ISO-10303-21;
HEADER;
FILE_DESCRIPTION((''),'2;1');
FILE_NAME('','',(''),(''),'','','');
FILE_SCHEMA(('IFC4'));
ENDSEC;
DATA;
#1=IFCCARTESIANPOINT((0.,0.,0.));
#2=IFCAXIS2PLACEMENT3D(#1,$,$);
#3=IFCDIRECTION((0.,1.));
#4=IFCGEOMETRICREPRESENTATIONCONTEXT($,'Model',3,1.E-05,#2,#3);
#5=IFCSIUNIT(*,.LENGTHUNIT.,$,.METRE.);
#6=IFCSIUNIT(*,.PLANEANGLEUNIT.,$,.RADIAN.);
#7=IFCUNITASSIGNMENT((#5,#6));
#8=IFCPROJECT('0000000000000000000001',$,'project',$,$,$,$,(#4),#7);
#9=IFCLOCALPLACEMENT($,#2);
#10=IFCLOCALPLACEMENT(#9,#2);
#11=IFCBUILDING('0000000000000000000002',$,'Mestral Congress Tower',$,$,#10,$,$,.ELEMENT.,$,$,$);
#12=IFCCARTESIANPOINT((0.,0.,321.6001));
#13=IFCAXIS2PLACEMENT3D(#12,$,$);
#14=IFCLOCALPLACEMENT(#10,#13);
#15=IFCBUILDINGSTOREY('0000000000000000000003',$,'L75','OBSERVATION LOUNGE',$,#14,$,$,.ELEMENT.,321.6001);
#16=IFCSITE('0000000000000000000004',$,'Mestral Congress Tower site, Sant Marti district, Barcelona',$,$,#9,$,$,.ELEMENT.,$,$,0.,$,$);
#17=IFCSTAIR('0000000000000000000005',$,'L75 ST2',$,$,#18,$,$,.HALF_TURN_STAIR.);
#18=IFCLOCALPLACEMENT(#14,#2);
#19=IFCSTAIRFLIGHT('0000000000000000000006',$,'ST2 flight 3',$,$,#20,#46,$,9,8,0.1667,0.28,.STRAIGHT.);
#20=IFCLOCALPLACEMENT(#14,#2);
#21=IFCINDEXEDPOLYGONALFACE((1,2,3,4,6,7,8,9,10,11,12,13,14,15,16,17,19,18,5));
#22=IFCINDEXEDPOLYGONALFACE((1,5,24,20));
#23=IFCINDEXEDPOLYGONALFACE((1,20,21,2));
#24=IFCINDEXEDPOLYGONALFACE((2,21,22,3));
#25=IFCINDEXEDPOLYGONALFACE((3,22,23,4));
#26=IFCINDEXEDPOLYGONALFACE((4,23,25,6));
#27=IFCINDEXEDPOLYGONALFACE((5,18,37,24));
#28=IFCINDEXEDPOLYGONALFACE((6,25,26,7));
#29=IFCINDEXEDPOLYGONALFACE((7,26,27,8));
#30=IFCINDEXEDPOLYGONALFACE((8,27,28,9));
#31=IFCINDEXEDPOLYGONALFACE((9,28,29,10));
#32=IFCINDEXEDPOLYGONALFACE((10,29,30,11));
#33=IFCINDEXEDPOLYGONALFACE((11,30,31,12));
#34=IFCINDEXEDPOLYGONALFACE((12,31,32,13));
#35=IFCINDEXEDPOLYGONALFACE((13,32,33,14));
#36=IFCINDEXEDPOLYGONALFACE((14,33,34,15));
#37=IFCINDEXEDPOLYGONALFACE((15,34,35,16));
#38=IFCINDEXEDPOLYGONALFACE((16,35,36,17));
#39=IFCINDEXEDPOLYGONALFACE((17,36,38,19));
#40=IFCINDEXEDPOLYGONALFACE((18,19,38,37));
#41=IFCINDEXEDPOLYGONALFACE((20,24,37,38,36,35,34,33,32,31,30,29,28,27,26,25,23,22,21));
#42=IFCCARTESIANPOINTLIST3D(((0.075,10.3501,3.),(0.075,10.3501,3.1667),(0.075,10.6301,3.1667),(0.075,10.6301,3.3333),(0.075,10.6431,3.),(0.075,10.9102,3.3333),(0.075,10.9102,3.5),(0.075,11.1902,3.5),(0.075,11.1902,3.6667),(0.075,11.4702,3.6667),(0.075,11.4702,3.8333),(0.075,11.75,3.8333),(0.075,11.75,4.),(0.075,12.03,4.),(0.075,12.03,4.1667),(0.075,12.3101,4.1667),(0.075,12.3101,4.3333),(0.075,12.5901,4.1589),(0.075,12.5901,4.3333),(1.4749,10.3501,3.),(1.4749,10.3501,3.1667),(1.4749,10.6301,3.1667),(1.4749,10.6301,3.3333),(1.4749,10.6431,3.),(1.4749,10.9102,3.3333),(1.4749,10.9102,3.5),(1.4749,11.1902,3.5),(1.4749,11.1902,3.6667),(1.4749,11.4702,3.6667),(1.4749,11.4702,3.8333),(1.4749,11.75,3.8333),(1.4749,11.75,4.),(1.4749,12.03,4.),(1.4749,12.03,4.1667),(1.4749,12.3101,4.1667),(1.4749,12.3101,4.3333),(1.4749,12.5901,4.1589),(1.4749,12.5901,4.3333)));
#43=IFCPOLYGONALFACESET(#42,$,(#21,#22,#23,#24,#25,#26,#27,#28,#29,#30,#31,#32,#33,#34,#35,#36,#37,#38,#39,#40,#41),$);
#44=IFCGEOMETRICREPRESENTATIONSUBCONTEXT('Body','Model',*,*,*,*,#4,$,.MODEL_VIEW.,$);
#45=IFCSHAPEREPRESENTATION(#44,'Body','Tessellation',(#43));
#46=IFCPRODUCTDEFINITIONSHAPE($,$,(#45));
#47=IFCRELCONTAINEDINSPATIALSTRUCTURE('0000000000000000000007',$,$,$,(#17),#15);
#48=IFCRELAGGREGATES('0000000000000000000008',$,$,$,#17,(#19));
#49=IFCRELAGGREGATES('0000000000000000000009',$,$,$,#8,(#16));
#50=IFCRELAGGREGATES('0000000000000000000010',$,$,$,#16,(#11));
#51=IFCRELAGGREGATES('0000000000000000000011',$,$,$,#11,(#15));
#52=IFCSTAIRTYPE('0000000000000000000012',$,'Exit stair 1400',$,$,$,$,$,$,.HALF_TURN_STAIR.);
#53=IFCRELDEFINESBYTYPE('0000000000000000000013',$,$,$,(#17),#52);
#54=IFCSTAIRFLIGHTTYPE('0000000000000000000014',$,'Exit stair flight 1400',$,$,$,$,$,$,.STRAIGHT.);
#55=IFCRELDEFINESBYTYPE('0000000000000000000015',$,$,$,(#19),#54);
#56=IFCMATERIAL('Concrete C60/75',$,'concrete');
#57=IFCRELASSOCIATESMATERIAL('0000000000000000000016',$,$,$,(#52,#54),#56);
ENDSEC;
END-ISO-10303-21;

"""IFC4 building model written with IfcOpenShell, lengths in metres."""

from ifc_helpers import new_model, si_unit, direction, frame, origin, place, context, subcontext, project, spatial, polyline, outline, extrude, material, type_object, element, aggregate, save


model = new_model("IFC4")

# Units and contexts
model_context = context("Model", 3, precision=1e-05, world=origin(), true_north=direction((0.0, 1.0)))
body_context = subcontext(model_context, "Body", "Model", "MODEL_VIEW")
ifc_project = project(units=[si_unit("LENGTHUNIT", "METRE"), si_unit("PLANEANGLEUNIT", "RADIAN")], contexts=[model_context])

# Site, building, storey
site_placement = place(None, origin())
site = spatial("IfcSite", under=ifc_project, at=site_placement, Name="Mestral Congress Tower site, Sant Marti district, Barcelona", CompositionType="ELEMENT", RefElevation=0.0)
building_placement = place(site_placement, origin())
building = spatial("IfcBuilding", under=site, at=building_placement, Name="Mestral Congress Tower", CompositionType="ELEMENT")
storey_placement = place(building_placement, frame((0.0, 0.0, 321.6001)))
storey = spatial("IfcBuildingStorey", under=building, at=storey_placement, Name="L75", Description="OBSERVATION LOUNGE", CompositionType="ELEMENT", Elevation=321.6001)

# Shared definitions
ifc_material_1 = material(Name="Concrete C60/75", Category="concrete")

# Shared definitions
placement = place(storey_placement, origin())

# Stair, stair flight
stair_type = type_object("IfcStairType", Name="Exit stair 1400", PredefinedType="HALF_TURN_STAIR", material=ifc_material_1)
stair = element("IfcStair", 1, at=placement, inside=storey, type_object=stair_type, Name="L75 ST2", PredefinedType="HALF_TURN_STAIR")
stair_flight_type = type_object("IfcStairFlightType", Name="Exit stair flight 1400", PredefinedType="STRAIGHT", material=ifc_material_1)
stair_flight_1_placement = place(storey_placement, frame((0.7749, 10.3501, 3.0), z_axis=(0.0, 0.0, 1.0), x_axis=(0.0, 1.0, 0.0)))
stair_flight_1 = element("IfcStairFlight", 2, at=stair_flight_1_placement, type_object=stair_flight_type, Name="ST2 flight 3", NumberOfRisers=9, NumberOfTreads=8, PredefinedType="STRAIGHT", RiserHeight=0.1667, TreadLength=0.28, context=body_context, shape_type="SweptSolid", body=[
    extrude(outline(polyline([(0.0, 0.0), (0.0, 0.1667), (0.28, 0.1667), (0.28, 0.3333), (0.5601, 0.3333), (0.5601, 0.5), (0.8401, 0.5), (0.8401, 0.6667), (1.1201, 0.6667), (1.1201, 0.8333), (1.3999, 0.8333), (1.3999, 1.0), (1.6799, 1.0), (1.6799, 1.1667), (1.96, 1.1667), (1.96, 1.3333), (2.24, 1.3333), (2.24, 1.5), (2.24, 1.1589), (0.293, 0.0), (0.0, 0.0)])), frame((0.0, 0.7, 0.0), z_axis=(0.0, -1.0, 0.0), x_axis=(1.0, 0.0, 0.0)), (0.0, 0.0, 1.0), 1.3999),
])
aggregate(stair, [stair_flight_1])

save(model, "model.ifc")
